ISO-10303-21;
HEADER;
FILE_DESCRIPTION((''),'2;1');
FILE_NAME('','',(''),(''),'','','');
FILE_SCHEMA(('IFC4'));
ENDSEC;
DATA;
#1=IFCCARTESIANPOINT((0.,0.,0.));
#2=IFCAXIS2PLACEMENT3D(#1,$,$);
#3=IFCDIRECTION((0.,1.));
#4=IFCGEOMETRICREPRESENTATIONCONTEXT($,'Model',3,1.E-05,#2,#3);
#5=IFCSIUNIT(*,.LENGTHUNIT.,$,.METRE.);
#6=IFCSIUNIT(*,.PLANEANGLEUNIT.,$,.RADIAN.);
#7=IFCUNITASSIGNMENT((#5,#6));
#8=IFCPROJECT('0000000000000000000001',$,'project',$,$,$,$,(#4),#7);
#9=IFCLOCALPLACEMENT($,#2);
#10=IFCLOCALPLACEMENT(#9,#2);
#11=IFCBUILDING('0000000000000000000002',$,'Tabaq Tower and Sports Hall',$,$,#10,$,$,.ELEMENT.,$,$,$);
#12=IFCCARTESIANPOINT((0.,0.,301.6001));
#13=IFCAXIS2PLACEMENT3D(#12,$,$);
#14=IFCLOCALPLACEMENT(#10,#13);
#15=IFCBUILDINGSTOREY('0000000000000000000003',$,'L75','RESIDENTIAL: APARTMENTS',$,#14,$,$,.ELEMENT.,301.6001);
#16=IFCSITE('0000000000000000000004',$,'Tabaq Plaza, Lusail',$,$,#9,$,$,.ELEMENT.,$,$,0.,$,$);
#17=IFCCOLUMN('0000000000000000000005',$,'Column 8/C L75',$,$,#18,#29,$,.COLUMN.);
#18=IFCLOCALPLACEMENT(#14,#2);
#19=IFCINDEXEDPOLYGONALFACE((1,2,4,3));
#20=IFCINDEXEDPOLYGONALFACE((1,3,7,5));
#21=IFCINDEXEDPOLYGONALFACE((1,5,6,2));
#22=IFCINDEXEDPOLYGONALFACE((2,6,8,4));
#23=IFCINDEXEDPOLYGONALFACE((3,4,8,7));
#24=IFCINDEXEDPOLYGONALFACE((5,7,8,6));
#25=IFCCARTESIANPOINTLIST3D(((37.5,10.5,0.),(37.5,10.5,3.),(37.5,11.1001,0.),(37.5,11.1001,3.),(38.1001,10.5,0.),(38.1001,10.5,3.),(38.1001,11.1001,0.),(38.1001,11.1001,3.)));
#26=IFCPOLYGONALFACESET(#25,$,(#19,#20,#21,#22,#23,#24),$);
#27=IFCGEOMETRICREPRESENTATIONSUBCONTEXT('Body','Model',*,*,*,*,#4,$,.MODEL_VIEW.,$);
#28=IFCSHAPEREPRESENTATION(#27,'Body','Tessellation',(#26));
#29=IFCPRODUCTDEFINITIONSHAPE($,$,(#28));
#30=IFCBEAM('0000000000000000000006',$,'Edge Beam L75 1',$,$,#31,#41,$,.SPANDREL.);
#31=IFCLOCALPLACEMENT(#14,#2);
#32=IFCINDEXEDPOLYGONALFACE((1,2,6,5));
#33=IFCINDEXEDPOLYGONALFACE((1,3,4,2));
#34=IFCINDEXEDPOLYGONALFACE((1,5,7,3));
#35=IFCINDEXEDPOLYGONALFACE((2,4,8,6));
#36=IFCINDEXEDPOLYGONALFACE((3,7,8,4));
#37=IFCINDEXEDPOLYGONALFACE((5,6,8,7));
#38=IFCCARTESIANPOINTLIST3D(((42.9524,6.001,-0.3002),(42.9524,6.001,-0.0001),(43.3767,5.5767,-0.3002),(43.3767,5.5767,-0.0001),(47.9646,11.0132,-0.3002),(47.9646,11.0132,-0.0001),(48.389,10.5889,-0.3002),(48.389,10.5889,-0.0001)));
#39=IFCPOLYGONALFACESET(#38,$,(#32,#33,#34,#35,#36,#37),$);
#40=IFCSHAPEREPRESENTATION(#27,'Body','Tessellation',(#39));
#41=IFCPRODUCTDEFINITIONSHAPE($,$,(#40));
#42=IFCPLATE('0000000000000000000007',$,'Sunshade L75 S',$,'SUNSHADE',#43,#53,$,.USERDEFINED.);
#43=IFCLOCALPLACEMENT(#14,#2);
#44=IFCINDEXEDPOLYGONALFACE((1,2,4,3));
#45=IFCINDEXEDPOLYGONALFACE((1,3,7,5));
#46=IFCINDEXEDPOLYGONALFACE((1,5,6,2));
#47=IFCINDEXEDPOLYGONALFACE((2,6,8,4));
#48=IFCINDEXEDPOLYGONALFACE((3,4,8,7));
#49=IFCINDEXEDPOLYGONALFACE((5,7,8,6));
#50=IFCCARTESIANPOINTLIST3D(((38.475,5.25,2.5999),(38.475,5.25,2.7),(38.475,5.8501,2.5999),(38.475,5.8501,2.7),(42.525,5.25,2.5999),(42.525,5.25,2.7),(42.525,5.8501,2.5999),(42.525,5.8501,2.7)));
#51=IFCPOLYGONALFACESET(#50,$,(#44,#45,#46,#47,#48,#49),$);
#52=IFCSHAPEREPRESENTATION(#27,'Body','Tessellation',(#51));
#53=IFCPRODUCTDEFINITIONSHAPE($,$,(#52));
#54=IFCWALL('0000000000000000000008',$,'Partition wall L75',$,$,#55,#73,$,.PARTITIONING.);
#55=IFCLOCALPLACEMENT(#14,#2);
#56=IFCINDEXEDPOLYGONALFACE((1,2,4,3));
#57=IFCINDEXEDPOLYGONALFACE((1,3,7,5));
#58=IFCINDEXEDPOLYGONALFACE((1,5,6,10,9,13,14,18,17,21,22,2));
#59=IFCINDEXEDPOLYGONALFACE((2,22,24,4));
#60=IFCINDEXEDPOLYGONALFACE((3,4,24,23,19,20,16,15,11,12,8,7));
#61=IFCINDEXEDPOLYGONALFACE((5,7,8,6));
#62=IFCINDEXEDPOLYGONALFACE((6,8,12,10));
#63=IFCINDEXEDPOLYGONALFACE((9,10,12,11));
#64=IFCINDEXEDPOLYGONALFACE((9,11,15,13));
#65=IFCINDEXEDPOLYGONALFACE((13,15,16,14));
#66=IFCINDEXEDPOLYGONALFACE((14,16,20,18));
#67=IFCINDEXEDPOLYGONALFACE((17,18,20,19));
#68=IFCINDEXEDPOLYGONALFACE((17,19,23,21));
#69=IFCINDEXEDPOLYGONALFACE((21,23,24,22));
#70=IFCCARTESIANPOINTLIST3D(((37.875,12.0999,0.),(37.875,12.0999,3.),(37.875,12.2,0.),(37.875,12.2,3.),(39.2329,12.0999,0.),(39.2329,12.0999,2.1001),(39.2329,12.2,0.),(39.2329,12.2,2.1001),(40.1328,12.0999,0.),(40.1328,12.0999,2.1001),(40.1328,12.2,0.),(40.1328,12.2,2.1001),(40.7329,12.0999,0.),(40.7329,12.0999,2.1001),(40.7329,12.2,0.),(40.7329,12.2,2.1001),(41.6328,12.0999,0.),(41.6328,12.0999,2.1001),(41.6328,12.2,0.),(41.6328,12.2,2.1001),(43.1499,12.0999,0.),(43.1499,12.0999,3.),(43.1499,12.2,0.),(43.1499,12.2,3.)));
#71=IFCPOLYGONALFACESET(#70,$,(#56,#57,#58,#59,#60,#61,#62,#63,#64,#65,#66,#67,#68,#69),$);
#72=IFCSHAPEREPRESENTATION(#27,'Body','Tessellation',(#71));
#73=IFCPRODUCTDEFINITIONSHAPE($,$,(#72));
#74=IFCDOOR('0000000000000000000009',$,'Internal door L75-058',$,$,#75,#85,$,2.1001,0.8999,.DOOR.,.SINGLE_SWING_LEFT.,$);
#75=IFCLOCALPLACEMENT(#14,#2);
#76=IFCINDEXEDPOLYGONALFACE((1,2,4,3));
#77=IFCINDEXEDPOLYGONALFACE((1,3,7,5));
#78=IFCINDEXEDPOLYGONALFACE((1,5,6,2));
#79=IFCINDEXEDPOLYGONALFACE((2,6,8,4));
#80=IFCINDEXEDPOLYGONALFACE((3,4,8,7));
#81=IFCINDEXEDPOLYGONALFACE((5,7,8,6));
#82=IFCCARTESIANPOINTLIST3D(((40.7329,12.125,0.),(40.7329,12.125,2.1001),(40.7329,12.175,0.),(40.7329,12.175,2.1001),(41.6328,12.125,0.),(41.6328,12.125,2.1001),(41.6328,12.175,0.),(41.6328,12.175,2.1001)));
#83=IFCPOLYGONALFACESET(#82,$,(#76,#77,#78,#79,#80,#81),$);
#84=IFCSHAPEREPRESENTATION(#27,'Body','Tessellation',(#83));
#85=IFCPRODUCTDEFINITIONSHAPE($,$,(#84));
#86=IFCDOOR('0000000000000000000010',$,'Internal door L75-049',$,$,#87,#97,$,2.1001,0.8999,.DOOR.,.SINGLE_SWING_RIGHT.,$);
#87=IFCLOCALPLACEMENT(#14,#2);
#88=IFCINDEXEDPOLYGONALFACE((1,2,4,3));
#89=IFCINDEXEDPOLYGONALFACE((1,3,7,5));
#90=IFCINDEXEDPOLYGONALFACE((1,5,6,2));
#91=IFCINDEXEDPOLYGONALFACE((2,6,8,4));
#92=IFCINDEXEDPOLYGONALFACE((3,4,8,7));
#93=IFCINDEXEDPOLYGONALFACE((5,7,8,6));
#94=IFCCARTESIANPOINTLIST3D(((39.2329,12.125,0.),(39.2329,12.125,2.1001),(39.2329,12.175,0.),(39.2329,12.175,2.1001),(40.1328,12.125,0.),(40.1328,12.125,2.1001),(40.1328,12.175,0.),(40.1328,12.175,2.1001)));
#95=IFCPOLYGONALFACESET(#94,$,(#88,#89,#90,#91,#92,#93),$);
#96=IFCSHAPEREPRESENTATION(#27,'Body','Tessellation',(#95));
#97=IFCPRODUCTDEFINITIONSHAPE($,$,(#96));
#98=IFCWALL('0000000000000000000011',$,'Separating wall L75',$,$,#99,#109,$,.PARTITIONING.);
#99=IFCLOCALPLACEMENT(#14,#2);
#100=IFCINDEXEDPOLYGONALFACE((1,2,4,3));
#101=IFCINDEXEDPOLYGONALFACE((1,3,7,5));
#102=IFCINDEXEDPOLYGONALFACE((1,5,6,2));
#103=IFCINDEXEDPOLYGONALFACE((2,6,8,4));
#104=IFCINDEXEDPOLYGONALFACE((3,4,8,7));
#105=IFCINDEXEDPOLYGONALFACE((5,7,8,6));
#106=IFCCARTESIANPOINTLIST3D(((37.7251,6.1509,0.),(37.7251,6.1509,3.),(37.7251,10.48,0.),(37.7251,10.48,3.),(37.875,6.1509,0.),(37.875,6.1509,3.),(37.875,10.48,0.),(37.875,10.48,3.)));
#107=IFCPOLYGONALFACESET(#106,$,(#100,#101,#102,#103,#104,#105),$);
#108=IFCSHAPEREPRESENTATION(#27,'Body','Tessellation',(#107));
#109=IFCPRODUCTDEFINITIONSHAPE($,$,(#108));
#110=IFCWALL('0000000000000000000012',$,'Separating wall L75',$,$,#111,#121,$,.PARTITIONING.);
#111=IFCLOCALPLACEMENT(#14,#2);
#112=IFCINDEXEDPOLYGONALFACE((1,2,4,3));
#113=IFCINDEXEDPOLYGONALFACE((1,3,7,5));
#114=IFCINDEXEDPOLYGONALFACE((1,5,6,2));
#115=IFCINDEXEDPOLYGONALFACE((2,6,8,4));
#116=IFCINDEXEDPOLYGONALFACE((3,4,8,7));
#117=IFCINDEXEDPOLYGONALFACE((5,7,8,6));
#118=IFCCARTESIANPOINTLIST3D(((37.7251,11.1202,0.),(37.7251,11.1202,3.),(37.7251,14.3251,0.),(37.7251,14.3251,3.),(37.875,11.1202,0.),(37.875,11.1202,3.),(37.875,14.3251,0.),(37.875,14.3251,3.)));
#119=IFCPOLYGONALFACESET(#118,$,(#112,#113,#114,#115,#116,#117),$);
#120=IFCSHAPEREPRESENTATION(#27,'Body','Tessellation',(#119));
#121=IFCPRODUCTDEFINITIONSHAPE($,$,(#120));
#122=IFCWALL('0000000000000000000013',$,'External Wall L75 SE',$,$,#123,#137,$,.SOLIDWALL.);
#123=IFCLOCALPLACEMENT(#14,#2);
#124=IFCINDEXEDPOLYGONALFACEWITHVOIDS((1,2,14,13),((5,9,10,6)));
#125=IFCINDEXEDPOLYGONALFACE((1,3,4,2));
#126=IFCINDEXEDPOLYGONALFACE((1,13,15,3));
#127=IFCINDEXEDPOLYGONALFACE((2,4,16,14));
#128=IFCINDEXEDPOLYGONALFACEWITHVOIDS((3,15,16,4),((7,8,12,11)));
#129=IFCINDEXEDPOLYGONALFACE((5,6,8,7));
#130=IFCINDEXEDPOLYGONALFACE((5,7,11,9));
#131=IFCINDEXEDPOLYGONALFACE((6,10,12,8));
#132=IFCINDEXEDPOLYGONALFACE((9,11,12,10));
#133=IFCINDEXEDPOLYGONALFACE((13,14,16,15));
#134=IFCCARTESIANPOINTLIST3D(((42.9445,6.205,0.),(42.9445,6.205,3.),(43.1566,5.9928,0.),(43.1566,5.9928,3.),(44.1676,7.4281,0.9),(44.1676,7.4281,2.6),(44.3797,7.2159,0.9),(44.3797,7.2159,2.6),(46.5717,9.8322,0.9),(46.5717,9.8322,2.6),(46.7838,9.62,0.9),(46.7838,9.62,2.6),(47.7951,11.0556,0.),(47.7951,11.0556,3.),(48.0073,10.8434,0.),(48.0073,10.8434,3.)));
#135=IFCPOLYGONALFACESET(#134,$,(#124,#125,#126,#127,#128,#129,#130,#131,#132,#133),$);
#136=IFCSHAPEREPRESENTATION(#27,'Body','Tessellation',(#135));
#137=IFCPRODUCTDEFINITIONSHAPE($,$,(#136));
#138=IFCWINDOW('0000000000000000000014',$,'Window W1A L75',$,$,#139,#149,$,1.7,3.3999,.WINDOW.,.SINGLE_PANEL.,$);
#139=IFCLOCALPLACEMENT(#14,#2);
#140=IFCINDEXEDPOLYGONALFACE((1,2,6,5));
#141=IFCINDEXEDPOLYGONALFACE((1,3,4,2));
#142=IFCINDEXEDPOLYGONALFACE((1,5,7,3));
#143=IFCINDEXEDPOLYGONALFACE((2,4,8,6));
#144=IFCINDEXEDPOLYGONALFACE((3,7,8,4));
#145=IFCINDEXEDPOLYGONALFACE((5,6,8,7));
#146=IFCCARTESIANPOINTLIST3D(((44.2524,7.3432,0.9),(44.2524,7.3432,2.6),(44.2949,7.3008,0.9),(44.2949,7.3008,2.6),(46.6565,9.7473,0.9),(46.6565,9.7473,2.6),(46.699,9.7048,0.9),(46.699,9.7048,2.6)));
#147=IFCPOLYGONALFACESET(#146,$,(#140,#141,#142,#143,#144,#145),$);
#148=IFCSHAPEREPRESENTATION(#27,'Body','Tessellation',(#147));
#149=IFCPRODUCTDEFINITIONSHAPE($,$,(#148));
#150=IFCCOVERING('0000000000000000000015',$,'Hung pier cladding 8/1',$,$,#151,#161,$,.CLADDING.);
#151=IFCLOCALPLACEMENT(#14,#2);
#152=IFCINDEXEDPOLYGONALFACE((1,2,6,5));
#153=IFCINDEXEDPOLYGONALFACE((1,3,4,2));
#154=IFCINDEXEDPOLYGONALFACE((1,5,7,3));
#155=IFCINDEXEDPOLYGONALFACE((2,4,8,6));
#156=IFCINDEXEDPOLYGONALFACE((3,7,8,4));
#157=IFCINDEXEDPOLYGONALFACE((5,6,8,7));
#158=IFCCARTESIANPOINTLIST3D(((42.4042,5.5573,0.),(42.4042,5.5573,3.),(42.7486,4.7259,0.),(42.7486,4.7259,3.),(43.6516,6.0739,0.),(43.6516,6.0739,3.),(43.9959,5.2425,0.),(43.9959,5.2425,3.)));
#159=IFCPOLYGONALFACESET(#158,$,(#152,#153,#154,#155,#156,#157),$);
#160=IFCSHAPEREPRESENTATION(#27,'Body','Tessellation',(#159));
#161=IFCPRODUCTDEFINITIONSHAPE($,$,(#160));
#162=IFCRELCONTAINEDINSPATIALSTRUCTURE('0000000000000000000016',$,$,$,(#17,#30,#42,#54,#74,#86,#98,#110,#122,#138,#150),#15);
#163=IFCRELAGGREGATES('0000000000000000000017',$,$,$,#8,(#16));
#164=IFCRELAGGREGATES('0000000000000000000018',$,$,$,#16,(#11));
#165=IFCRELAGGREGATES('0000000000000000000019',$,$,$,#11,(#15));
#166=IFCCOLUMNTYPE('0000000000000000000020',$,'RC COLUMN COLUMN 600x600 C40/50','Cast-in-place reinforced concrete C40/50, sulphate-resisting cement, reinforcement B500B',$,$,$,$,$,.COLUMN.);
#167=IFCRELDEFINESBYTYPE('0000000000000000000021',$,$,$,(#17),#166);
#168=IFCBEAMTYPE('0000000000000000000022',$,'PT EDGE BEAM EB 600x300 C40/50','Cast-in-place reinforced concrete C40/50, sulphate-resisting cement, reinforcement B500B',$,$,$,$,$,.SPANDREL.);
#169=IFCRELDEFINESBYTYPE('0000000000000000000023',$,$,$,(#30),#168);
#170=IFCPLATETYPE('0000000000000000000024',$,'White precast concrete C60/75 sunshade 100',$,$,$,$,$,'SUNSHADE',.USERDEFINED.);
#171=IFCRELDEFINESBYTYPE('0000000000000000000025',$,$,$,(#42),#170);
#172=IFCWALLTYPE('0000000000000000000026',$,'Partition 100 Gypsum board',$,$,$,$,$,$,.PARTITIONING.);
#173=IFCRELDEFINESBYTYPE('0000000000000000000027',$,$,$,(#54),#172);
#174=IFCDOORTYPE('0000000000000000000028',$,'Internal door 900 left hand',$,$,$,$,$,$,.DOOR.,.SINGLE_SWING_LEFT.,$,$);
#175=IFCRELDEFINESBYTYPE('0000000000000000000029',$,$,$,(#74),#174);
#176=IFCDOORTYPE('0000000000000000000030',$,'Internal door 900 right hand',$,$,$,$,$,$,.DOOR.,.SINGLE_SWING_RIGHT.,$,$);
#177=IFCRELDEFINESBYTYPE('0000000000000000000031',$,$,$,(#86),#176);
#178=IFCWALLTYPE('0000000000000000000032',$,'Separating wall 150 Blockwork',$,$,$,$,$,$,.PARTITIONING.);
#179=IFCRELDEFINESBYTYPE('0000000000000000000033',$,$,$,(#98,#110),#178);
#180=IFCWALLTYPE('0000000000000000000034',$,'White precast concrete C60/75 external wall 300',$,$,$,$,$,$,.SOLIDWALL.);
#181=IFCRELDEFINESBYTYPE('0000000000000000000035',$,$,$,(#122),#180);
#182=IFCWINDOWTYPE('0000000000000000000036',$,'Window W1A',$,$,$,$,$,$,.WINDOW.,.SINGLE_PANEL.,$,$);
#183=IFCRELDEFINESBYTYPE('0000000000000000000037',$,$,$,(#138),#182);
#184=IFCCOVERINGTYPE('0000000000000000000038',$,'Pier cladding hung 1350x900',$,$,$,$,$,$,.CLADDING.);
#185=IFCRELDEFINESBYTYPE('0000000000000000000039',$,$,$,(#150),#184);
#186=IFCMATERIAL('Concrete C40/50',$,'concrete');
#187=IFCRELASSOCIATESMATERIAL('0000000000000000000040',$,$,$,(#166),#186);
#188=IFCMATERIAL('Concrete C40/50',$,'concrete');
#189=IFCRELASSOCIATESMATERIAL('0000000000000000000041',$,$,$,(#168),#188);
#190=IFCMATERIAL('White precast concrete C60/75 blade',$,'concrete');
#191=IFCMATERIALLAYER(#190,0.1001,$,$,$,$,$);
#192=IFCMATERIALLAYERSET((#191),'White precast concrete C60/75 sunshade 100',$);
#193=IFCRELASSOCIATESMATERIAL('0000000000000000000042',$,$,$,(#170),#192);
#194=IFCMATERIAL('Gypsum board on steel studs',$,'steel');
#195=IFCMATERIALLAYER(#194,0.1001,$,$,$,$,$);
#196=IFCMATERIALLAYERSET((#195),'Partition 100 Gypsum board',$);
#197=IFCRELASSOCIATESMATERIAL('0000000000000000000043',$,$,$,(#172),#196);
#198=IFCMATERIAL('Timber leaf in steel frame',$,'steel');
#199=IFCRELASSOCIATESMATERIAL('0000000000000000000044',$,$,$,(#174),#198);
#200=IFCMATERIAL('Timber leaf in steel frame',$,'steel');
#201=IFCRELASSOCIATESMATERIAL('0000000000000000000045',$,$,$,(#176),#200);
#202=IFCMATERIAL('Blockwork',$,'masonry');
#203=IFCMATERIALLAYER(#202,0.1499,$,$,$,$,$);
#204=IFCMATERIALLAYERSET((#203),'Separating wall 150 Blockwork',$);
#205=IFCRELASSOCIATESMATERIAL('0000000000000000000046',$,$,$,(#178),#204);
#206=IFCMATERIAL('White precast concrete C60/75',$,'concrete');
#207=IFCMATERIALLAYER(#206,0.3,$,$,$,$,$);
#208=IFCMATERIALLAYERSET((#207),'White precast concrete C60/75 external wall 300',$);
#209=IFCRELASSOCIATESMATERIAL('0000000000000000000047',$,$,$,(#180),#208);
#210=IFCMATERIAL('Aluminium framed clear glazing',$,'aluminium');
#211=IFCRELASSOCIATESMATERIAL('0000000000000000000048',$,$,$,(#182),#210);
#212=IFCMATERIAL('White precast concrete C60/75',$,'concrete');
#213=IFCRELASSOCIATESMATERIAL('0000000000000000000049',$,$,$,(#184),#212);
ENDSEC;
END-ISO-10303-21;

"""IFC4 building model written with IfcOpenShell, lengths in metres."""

from ifc_helpers import new_model, si_unit, direction, frame, frame_2d, origin, origin_2d, place, context, subcontext, project, spatial, rectangle, extrude, material, layer, layer_set, material_profile, profile_set, type_object, element, fill, save


model = new_model("IFC4")

# Units and contexts
model_context = context("Model", 3, precision=1e-05, world=origin(), true_north=direction((0.0, 1.0)))
body_context = subcontext(model_context, "Body", "Model", "MODEL_VIEW")
ifc_project = project(units=[si_unit("LENGTHUNIT", "METRE"), si_unit("PLANEANGLEUNIT", "RADIAN")], contexts=[model_context])

# Site, building, storey
site_placement = place(None, origin())
site = spatial("IfcSite", under=ifc_project, at=site_placement, Name="Tabaq Plaza, Lusail", CompositionType="ELEMENT", RefElevation=0.0)
building_placement = place(site_placement, origin())
building = spatial("IfcBuilding", under=site, at=building_placement, Name="Tabaq Tower and Sports Hall", CompositionType="ELEMENT")
storey_placement = place(building_placement, frame((0.0, 0.0, 301.6001)))
storey = spatial("IfcBuildingStorey", under=building, at=storey_placement, Name="L75", Description="RESIDENTIAL: APARTMENTS", CompositionType="ELEMENT", Elevation=301.6001)

# Column
ifc_material_1 = material(Name="Concrete C40/50", Category="concrete")
ifc_material_profile_1 = material_profile(ifc_material_1, rectangle(XDim=0.6001, YDim=0.6001, at=origin_2d()), Name="COLUMN 600x600")
ifc_profile_set_1 = profile_set([ifc_material_profile_1], Name="Concrete C40/50")
column_type = type_object("IfcColumnType", Name="RC COLUMN COLUMN 600x600 C40/50", Description="Cast-in-place reinforced concrete C40/50, sulphate-resisting cement, reinforcement B500B", PredefinedType="COLUMN", material=ifc_profile_set_1)
column_placement = place(storey_placement, frame((37.8, 10.8, 0.0), z_axis=(0.0, 0.0, 1.0), x_axis=(1.0, 0.0, 0.0)))
element("IfcColumn", 1, at=column_placement, inside=storey, type_object=column_type, Name="Column 8/C L75", PredefinedType="COLUMN", context=body_context, shape_type="SweptSolid", body=[
    extrude(rectangle(XDim=0.6001, YDim=0.6001, at=origin_2d()), origin(), (0.0, 0.0, 1.0), 3.0),
])

# Beam
ifc_material_2 = material(Name="Concrete C40/50", Category="concrete")
ifc_material_profile_2 = material_profile(ifc_material_2, rectangle(XDim=0.6001, YDim=0.3, at=origin_2d()), Name="EB 600x300")
ifc_profile_set_2 = profile_set([ifc_material_profile_2], Name="Concrete C40/50")
beam_type = type_object("IfcBeamType", Name="PT EDGE BEAM EB 600x300 C40/50", Description="Cast-in-place reinforced concrete C40/50, sulphate-resisting cement, reinforcement B500B", PredefinedType="SPANDREL", material=ifc_profile_set_2)
beam_placement = place(storey_placement, frame((43.1646, 5.7888, -0.1501), z_axis=(0.707107, 0.707107, 0.0), x_axis=(-0.707107, 0.707107, 0.0)))
element("IfcBeam", 2, at=beam_placement, inside=storey, type_object=beam_type, Name="Edge Beam L75 1", PredefinedType="SPANDREL", context=body_context, shape_type="SweptSolid", body=[
    extrude(rectangle(XDim=0.6001, YDim=0.3, at=origin_2d()), origin(), (0.0, 0.0, 1.0), 7.0884),
])

# Plate
ifc_material_3 = material(Name="White precast concrete C60/75 blade", Category="concrete")
ifc_layer_1 = layer(ifc_material_3, 0.1001)
ifc_layer_set_1 = layer_set([ifc_layer_1], Name="White precast concrete C60/75 sunshade 100")
plate_type = type_object("IfcPlateType", Name="White precast concrete C60/75 sunshade 100", ElementType="SUNSHADE", PredefinedType="USERDEFINED", material=ifc_layer_set_1)
plate_placement = place(storey_placement, frame((40.5, 5.55, 2.5999), z_axis=(0.0, 0.0, 1.0), x_axis=(1.0, 0.0, 0.0)))
element("IfcPlate", 3, at=plate_placement, inside=storey, type_object=plate_type, Name="Sunshade L75 S", ObjectType="SUNSHADE", PredefinedType="USERDEFINED", context=body_context, shape_type="SweptSolid", body=[
    extrude(rectangle(XDim=4.05, YDim=0.6001, at=origin_2d()), origin(), (0.0, 0.0, 1.0), 0.1001),
])

# Wall, openings, doors
ifc_material_4 = material(Name="Gypsum board on steel studs", Category="steel")
ifc_layer_2 = layer(ifc_material_4, 0.1001)
ifc_layer_set_2 = layer_set([ifc_layer_2], Name="Partition 100 Gypsum board")
wall_type_1 = type_object("IfcWallType", Name="Partition 100 Gypsum board", PredefinedType="PARTITIONING", material=ifc_layer_set_2)
wall_1_placement = place(storey_placement, frame((43.1499, 12.1499, 0.0), z_axis=(0.0, 0.0, 1.0), x_axis=(-1.0, 0.0, 0.0)))
wall_1 = element("IfcWall", 4, at=wall_1_placement, inside=storey, type_object=wall_type_1, Name="Partition wall L75", PredefinedType="PARTITIONING", context=body_context, shape_type="SweptSolid", body=[
    extrude(rectangle(XDim=5.2749, YDim=0.1001, at=frame_2d((2.6375, 0.0))), origin(), (0.0, 0.0, 1.0), 3.0),
])
opening_1_placement = place(wall_1_placement, frame((3.0171, 0.0, 0.0)))
opening_1 = element("IfcOpeningElement", 5, at=opening_1_placement, cuts=wall_1, PredefinedType="OPENING", context=body_context, shape_type="SweptSolid", body=[
    extrude(rectangle(XDim=0.8999, YDim=2.1001, at=frame_2d((0.45, 1.05))), frame((0.0, 0.05, 0.0), z_axis=(0.0, -1.0, 0.0), x_axis=(1.0, 0.0, 0.0)), (0.0, 0.0, 1.0), 0.1001),
])
opening_2_placement = place(wall_1_placement, frame((1.5171, 0.0, 0.0)))
opening_2 = element("IfcOpeningElement", 6, at=opening_2_placement, cuts=wall_1, PredefinedType="OPENING", context=body_context, shape_type="SweptSolid", body=[
    extrude(rectangle(XDim=0.8999, YDim=2.1001, at=frame_2d((0.45, 1.05))), frame((0.0, 0.05, 0.0), z_axis=(0.0, -1.0, 0.0), x_axis=(1.0, 0.0, 0.0)), (0.0, 0.0, 1.0), 0.1001),
])
ifc_material_5 = material(Name="Timber leaf in steel frame", Category="steel")
door_type_1 = type_object("IfcDoorType", Name="Internal door 900 left hand", OperationType="SINGLE_SWING_LEFT", PredefinedType="DOOR", material=ifc_material_5)
door_1_placement = place(opening_2_placement, origin())
door_1 = element("IfcDoor", 7, at=door_1_placement, inside=storey, type_object=door_type_1, Name="Internal door L75-058", OperationType="SINGLE_SWING_LEFT", OverallHeight=2.1001, OverallWidth=0.8999, PredefinedType="DOOR", context=body_context, shape_type="SweptSolid", body=[
    extrude(rectangle(XDim=0.8999, YDim=2.1001, at=frame_2d((0.45, 1.05))), frame((0.0, 0.0249, 0.0), z_axis=(0.0, -1.0, 0.0), x_axis=(1.0, 0.0, 0.0)), (0.0, 0.0, 1.0), 0.05),
])
fill(opening_2, door_1)
ifc_material_6 = material(Name="Timber leaf in steel frame", Category="steel")
door_type_2 = type_object("IfcDoorType", Name="Internal door 900 right hand", OperationType="SINGLE_SWING_RIGHT", PredefinedType="DOOR", material=ifc_material_6)
door_2_placement = place(opening_1_placement, origin())
door_2 = element("IfcDoor", 8, at=door_2_placement, inside=storey, type_object=door_type_2, Name="Internal door L75-049", OperationType="SINGLE_SWING_RIGHT", OverallHeight=2.1001, OverallWidth=0.8999, PredefinedType="DOOR", context=body_context, shape_type="SweptSolid", body=[
    extrude(rectangle(XDim=0.8999, YDim=2.1001, at=frame_2d((0.45, 1.05))), frame((0.0, 0.0249, 0.0), z_axis=(0.0, -1.0, 0.0), x_axis=(1.0, 0.0, 0.0)), (0.0, 0.0, 1.0), 0.05),
])
fill(opening_1, door_2)

# Walls
ifc_material_7 = material(Name="Blockwork", Category="masonry")
ifc_layer_3 = layer(ifc_material_7, 0.1499)
ifc_layer_set_3 = layer_set([ifc_layer_3], Name="Separating wall 150 Blockwork")
wall_type_2 = type_object("IfcWallType", Name="Separating wall 150 Blockwork", PredefinedType="PARTITIONING", material=ifc_layer_set_3)
wall_2_placement = place(storey_placement, frame((37.8, 6.1509, 0.0), z_axis=(0.0, 0.0, 1.0), x_axis=(0.0, 1.0, 0.0)))
element("IfcWall", 9, at=wall_2_placement, inside=storey, type_object=wall_type_2, Name="Separating wall L75", PredefinedType="PARTITIONING", context=body_context, shape_type="SweptSolid", body=[
    extrude(rectangle(XDim=4.3291, YDim=0.1499, at=frame_2d((2.1646, 0.0))), origin(), (0.0, 0.0, 1.0), 3.0),
])
wall_3_placement = place(storey_placement, frame((37.8, 11.1201, 0.0), z_axis=(0.0, 0.0, 1.0), x_axis=(0.0, 1.0, 0.0)))
element("IfcWall", 10, at=wall_3_placement, inside=storey, type_object=wall_type_2, Name="Separating wall L75", PredefinedType="PARTITIONING", context=body_context, shape_type="SweptSolid", body=[
    extrude(rectangle(XDim=3.2048, YDim=0.1499, at=frame_2d((1.6025, 0.0))), origin(), (0.0, 0.0, 1.0), 3.0),
])

# Wall, opening, window
ifc_material_8 = material(Name="White precast concrete C60/75", Category="concrete")
ifc_layer_4 = layer(ifc_material_8, 0.3)
ifc_layer_set_4 = layer_set([ifc_layer_4], Name="White precast concrete C60/75 external wall 300")
wall_type_3 = type_object("IfcWallType", Name="White precast concrete C60/75 external wall 300", PredefinedType="SOLIDWALL", material=ifc_layer_set_4)
wall_4_placement = place(storey_placement, frame((43.0505, 6.0989, 0.0), z_axis=(0.0, 0.0, 1.0), x_axis=(0.707107, 0.707107, 0.0)))
wall_4 = element("IfcWall", 11, at=wall_4_placement, inside=storey, type_object=wall_type_3, Name="External Wall L75 SE", PredefinedType="SOLIDWALL", context=body_context, shape_type="SweptSolid", body=[
    extrude(rectangle(XDim=6.8599, YDim=0.3, at=frame_2d((3.4299, 0.0))), origin(), (0.0, 0.0, 1.0), 3.0),
])
opening_3_placement = place(wall_4_placement, frame((1.7297, 0.0, 0.8999)))
opening_3 = element("IfcOpeningElement", 12, at=opening_3_placement, cuts=wall_4, PredefinedType="OPENING", context=body_context, shape_type="SweptSolid", body=[
    extrude(rectangle(XDim=3.3999, YDim=1.7, at=frame_2d((1.7, 0.8501))), frame((0.0, 0.1602, 0.0), z_axis=(0.0, -1.0, 0.0), x_axis=(1.0, 0.0, 0.0)), (0.0, 0.0, 1.0), 0.3201),
])
ifc_material_9 = material(Name="Aluminium framed clear glazing", Category="aluminium")
window_type = type_object("IfcWindowType", Name="Window W1A", PartitioningType="SINGLE_PANEL", PredefinedType="WINDOW", material=ifc_material_9)
window_placement = place(opening_3_placement, origin())
window = element("IfcWindow", 13, at=window_placement, inside=storey, type_object=window_type, Name="Window W1A L75", OverallHeight=1.7, OverallWidth=3.3999, PartitioningType="SINGLE_PANEL", PredefinedType="WINDOW", context=body_context, shape_type="SweptSolid", body=[
    extrude(rectangle(XDim=3.3999, YDim=1.7, at=frame_2d((1.7, 0.8501))), frame((0.0, 0.03, 0.0), z_axis=(0.0, -1.0, 0.0), x_axis=(1.0, 0.0, 0.0)), (0.0, 0.0, 1.0), 0.0601),
])
fill(opening_3, window)

# Covering
ifc_material_10 = material(Name="White precast concrete C60/75", Category="concrete")
covering_type_1 = type_object("IfcCoveringType", Name="Pier cladding hung 1350x900", PredefinedType="CLADDING", material=ifc_material_10)
covering_1_placement = place(storey_placement, frame((42.5764, 5.1416, 0.0), z_axis=(0.0, 0.0, 1.0), x_axis=(0.923893, 0.38265, 0.0)))
element("IfcCovering", 14, at=covering_1_placement, inside=storey, type_object=covering_type_1, Name="Hung pier cladding 8/1", PredefinedType="CLADDING", context=body_context, shape_type="SweptSolid", body=[
    extrude(rectangle(XDim=1.3501, YDim=0.8999, at=frame_2d((0.675, 0.0))), origin(), (0.0, 0.0, 1.0), 3.0),
])

save(model, "model.ifc")
